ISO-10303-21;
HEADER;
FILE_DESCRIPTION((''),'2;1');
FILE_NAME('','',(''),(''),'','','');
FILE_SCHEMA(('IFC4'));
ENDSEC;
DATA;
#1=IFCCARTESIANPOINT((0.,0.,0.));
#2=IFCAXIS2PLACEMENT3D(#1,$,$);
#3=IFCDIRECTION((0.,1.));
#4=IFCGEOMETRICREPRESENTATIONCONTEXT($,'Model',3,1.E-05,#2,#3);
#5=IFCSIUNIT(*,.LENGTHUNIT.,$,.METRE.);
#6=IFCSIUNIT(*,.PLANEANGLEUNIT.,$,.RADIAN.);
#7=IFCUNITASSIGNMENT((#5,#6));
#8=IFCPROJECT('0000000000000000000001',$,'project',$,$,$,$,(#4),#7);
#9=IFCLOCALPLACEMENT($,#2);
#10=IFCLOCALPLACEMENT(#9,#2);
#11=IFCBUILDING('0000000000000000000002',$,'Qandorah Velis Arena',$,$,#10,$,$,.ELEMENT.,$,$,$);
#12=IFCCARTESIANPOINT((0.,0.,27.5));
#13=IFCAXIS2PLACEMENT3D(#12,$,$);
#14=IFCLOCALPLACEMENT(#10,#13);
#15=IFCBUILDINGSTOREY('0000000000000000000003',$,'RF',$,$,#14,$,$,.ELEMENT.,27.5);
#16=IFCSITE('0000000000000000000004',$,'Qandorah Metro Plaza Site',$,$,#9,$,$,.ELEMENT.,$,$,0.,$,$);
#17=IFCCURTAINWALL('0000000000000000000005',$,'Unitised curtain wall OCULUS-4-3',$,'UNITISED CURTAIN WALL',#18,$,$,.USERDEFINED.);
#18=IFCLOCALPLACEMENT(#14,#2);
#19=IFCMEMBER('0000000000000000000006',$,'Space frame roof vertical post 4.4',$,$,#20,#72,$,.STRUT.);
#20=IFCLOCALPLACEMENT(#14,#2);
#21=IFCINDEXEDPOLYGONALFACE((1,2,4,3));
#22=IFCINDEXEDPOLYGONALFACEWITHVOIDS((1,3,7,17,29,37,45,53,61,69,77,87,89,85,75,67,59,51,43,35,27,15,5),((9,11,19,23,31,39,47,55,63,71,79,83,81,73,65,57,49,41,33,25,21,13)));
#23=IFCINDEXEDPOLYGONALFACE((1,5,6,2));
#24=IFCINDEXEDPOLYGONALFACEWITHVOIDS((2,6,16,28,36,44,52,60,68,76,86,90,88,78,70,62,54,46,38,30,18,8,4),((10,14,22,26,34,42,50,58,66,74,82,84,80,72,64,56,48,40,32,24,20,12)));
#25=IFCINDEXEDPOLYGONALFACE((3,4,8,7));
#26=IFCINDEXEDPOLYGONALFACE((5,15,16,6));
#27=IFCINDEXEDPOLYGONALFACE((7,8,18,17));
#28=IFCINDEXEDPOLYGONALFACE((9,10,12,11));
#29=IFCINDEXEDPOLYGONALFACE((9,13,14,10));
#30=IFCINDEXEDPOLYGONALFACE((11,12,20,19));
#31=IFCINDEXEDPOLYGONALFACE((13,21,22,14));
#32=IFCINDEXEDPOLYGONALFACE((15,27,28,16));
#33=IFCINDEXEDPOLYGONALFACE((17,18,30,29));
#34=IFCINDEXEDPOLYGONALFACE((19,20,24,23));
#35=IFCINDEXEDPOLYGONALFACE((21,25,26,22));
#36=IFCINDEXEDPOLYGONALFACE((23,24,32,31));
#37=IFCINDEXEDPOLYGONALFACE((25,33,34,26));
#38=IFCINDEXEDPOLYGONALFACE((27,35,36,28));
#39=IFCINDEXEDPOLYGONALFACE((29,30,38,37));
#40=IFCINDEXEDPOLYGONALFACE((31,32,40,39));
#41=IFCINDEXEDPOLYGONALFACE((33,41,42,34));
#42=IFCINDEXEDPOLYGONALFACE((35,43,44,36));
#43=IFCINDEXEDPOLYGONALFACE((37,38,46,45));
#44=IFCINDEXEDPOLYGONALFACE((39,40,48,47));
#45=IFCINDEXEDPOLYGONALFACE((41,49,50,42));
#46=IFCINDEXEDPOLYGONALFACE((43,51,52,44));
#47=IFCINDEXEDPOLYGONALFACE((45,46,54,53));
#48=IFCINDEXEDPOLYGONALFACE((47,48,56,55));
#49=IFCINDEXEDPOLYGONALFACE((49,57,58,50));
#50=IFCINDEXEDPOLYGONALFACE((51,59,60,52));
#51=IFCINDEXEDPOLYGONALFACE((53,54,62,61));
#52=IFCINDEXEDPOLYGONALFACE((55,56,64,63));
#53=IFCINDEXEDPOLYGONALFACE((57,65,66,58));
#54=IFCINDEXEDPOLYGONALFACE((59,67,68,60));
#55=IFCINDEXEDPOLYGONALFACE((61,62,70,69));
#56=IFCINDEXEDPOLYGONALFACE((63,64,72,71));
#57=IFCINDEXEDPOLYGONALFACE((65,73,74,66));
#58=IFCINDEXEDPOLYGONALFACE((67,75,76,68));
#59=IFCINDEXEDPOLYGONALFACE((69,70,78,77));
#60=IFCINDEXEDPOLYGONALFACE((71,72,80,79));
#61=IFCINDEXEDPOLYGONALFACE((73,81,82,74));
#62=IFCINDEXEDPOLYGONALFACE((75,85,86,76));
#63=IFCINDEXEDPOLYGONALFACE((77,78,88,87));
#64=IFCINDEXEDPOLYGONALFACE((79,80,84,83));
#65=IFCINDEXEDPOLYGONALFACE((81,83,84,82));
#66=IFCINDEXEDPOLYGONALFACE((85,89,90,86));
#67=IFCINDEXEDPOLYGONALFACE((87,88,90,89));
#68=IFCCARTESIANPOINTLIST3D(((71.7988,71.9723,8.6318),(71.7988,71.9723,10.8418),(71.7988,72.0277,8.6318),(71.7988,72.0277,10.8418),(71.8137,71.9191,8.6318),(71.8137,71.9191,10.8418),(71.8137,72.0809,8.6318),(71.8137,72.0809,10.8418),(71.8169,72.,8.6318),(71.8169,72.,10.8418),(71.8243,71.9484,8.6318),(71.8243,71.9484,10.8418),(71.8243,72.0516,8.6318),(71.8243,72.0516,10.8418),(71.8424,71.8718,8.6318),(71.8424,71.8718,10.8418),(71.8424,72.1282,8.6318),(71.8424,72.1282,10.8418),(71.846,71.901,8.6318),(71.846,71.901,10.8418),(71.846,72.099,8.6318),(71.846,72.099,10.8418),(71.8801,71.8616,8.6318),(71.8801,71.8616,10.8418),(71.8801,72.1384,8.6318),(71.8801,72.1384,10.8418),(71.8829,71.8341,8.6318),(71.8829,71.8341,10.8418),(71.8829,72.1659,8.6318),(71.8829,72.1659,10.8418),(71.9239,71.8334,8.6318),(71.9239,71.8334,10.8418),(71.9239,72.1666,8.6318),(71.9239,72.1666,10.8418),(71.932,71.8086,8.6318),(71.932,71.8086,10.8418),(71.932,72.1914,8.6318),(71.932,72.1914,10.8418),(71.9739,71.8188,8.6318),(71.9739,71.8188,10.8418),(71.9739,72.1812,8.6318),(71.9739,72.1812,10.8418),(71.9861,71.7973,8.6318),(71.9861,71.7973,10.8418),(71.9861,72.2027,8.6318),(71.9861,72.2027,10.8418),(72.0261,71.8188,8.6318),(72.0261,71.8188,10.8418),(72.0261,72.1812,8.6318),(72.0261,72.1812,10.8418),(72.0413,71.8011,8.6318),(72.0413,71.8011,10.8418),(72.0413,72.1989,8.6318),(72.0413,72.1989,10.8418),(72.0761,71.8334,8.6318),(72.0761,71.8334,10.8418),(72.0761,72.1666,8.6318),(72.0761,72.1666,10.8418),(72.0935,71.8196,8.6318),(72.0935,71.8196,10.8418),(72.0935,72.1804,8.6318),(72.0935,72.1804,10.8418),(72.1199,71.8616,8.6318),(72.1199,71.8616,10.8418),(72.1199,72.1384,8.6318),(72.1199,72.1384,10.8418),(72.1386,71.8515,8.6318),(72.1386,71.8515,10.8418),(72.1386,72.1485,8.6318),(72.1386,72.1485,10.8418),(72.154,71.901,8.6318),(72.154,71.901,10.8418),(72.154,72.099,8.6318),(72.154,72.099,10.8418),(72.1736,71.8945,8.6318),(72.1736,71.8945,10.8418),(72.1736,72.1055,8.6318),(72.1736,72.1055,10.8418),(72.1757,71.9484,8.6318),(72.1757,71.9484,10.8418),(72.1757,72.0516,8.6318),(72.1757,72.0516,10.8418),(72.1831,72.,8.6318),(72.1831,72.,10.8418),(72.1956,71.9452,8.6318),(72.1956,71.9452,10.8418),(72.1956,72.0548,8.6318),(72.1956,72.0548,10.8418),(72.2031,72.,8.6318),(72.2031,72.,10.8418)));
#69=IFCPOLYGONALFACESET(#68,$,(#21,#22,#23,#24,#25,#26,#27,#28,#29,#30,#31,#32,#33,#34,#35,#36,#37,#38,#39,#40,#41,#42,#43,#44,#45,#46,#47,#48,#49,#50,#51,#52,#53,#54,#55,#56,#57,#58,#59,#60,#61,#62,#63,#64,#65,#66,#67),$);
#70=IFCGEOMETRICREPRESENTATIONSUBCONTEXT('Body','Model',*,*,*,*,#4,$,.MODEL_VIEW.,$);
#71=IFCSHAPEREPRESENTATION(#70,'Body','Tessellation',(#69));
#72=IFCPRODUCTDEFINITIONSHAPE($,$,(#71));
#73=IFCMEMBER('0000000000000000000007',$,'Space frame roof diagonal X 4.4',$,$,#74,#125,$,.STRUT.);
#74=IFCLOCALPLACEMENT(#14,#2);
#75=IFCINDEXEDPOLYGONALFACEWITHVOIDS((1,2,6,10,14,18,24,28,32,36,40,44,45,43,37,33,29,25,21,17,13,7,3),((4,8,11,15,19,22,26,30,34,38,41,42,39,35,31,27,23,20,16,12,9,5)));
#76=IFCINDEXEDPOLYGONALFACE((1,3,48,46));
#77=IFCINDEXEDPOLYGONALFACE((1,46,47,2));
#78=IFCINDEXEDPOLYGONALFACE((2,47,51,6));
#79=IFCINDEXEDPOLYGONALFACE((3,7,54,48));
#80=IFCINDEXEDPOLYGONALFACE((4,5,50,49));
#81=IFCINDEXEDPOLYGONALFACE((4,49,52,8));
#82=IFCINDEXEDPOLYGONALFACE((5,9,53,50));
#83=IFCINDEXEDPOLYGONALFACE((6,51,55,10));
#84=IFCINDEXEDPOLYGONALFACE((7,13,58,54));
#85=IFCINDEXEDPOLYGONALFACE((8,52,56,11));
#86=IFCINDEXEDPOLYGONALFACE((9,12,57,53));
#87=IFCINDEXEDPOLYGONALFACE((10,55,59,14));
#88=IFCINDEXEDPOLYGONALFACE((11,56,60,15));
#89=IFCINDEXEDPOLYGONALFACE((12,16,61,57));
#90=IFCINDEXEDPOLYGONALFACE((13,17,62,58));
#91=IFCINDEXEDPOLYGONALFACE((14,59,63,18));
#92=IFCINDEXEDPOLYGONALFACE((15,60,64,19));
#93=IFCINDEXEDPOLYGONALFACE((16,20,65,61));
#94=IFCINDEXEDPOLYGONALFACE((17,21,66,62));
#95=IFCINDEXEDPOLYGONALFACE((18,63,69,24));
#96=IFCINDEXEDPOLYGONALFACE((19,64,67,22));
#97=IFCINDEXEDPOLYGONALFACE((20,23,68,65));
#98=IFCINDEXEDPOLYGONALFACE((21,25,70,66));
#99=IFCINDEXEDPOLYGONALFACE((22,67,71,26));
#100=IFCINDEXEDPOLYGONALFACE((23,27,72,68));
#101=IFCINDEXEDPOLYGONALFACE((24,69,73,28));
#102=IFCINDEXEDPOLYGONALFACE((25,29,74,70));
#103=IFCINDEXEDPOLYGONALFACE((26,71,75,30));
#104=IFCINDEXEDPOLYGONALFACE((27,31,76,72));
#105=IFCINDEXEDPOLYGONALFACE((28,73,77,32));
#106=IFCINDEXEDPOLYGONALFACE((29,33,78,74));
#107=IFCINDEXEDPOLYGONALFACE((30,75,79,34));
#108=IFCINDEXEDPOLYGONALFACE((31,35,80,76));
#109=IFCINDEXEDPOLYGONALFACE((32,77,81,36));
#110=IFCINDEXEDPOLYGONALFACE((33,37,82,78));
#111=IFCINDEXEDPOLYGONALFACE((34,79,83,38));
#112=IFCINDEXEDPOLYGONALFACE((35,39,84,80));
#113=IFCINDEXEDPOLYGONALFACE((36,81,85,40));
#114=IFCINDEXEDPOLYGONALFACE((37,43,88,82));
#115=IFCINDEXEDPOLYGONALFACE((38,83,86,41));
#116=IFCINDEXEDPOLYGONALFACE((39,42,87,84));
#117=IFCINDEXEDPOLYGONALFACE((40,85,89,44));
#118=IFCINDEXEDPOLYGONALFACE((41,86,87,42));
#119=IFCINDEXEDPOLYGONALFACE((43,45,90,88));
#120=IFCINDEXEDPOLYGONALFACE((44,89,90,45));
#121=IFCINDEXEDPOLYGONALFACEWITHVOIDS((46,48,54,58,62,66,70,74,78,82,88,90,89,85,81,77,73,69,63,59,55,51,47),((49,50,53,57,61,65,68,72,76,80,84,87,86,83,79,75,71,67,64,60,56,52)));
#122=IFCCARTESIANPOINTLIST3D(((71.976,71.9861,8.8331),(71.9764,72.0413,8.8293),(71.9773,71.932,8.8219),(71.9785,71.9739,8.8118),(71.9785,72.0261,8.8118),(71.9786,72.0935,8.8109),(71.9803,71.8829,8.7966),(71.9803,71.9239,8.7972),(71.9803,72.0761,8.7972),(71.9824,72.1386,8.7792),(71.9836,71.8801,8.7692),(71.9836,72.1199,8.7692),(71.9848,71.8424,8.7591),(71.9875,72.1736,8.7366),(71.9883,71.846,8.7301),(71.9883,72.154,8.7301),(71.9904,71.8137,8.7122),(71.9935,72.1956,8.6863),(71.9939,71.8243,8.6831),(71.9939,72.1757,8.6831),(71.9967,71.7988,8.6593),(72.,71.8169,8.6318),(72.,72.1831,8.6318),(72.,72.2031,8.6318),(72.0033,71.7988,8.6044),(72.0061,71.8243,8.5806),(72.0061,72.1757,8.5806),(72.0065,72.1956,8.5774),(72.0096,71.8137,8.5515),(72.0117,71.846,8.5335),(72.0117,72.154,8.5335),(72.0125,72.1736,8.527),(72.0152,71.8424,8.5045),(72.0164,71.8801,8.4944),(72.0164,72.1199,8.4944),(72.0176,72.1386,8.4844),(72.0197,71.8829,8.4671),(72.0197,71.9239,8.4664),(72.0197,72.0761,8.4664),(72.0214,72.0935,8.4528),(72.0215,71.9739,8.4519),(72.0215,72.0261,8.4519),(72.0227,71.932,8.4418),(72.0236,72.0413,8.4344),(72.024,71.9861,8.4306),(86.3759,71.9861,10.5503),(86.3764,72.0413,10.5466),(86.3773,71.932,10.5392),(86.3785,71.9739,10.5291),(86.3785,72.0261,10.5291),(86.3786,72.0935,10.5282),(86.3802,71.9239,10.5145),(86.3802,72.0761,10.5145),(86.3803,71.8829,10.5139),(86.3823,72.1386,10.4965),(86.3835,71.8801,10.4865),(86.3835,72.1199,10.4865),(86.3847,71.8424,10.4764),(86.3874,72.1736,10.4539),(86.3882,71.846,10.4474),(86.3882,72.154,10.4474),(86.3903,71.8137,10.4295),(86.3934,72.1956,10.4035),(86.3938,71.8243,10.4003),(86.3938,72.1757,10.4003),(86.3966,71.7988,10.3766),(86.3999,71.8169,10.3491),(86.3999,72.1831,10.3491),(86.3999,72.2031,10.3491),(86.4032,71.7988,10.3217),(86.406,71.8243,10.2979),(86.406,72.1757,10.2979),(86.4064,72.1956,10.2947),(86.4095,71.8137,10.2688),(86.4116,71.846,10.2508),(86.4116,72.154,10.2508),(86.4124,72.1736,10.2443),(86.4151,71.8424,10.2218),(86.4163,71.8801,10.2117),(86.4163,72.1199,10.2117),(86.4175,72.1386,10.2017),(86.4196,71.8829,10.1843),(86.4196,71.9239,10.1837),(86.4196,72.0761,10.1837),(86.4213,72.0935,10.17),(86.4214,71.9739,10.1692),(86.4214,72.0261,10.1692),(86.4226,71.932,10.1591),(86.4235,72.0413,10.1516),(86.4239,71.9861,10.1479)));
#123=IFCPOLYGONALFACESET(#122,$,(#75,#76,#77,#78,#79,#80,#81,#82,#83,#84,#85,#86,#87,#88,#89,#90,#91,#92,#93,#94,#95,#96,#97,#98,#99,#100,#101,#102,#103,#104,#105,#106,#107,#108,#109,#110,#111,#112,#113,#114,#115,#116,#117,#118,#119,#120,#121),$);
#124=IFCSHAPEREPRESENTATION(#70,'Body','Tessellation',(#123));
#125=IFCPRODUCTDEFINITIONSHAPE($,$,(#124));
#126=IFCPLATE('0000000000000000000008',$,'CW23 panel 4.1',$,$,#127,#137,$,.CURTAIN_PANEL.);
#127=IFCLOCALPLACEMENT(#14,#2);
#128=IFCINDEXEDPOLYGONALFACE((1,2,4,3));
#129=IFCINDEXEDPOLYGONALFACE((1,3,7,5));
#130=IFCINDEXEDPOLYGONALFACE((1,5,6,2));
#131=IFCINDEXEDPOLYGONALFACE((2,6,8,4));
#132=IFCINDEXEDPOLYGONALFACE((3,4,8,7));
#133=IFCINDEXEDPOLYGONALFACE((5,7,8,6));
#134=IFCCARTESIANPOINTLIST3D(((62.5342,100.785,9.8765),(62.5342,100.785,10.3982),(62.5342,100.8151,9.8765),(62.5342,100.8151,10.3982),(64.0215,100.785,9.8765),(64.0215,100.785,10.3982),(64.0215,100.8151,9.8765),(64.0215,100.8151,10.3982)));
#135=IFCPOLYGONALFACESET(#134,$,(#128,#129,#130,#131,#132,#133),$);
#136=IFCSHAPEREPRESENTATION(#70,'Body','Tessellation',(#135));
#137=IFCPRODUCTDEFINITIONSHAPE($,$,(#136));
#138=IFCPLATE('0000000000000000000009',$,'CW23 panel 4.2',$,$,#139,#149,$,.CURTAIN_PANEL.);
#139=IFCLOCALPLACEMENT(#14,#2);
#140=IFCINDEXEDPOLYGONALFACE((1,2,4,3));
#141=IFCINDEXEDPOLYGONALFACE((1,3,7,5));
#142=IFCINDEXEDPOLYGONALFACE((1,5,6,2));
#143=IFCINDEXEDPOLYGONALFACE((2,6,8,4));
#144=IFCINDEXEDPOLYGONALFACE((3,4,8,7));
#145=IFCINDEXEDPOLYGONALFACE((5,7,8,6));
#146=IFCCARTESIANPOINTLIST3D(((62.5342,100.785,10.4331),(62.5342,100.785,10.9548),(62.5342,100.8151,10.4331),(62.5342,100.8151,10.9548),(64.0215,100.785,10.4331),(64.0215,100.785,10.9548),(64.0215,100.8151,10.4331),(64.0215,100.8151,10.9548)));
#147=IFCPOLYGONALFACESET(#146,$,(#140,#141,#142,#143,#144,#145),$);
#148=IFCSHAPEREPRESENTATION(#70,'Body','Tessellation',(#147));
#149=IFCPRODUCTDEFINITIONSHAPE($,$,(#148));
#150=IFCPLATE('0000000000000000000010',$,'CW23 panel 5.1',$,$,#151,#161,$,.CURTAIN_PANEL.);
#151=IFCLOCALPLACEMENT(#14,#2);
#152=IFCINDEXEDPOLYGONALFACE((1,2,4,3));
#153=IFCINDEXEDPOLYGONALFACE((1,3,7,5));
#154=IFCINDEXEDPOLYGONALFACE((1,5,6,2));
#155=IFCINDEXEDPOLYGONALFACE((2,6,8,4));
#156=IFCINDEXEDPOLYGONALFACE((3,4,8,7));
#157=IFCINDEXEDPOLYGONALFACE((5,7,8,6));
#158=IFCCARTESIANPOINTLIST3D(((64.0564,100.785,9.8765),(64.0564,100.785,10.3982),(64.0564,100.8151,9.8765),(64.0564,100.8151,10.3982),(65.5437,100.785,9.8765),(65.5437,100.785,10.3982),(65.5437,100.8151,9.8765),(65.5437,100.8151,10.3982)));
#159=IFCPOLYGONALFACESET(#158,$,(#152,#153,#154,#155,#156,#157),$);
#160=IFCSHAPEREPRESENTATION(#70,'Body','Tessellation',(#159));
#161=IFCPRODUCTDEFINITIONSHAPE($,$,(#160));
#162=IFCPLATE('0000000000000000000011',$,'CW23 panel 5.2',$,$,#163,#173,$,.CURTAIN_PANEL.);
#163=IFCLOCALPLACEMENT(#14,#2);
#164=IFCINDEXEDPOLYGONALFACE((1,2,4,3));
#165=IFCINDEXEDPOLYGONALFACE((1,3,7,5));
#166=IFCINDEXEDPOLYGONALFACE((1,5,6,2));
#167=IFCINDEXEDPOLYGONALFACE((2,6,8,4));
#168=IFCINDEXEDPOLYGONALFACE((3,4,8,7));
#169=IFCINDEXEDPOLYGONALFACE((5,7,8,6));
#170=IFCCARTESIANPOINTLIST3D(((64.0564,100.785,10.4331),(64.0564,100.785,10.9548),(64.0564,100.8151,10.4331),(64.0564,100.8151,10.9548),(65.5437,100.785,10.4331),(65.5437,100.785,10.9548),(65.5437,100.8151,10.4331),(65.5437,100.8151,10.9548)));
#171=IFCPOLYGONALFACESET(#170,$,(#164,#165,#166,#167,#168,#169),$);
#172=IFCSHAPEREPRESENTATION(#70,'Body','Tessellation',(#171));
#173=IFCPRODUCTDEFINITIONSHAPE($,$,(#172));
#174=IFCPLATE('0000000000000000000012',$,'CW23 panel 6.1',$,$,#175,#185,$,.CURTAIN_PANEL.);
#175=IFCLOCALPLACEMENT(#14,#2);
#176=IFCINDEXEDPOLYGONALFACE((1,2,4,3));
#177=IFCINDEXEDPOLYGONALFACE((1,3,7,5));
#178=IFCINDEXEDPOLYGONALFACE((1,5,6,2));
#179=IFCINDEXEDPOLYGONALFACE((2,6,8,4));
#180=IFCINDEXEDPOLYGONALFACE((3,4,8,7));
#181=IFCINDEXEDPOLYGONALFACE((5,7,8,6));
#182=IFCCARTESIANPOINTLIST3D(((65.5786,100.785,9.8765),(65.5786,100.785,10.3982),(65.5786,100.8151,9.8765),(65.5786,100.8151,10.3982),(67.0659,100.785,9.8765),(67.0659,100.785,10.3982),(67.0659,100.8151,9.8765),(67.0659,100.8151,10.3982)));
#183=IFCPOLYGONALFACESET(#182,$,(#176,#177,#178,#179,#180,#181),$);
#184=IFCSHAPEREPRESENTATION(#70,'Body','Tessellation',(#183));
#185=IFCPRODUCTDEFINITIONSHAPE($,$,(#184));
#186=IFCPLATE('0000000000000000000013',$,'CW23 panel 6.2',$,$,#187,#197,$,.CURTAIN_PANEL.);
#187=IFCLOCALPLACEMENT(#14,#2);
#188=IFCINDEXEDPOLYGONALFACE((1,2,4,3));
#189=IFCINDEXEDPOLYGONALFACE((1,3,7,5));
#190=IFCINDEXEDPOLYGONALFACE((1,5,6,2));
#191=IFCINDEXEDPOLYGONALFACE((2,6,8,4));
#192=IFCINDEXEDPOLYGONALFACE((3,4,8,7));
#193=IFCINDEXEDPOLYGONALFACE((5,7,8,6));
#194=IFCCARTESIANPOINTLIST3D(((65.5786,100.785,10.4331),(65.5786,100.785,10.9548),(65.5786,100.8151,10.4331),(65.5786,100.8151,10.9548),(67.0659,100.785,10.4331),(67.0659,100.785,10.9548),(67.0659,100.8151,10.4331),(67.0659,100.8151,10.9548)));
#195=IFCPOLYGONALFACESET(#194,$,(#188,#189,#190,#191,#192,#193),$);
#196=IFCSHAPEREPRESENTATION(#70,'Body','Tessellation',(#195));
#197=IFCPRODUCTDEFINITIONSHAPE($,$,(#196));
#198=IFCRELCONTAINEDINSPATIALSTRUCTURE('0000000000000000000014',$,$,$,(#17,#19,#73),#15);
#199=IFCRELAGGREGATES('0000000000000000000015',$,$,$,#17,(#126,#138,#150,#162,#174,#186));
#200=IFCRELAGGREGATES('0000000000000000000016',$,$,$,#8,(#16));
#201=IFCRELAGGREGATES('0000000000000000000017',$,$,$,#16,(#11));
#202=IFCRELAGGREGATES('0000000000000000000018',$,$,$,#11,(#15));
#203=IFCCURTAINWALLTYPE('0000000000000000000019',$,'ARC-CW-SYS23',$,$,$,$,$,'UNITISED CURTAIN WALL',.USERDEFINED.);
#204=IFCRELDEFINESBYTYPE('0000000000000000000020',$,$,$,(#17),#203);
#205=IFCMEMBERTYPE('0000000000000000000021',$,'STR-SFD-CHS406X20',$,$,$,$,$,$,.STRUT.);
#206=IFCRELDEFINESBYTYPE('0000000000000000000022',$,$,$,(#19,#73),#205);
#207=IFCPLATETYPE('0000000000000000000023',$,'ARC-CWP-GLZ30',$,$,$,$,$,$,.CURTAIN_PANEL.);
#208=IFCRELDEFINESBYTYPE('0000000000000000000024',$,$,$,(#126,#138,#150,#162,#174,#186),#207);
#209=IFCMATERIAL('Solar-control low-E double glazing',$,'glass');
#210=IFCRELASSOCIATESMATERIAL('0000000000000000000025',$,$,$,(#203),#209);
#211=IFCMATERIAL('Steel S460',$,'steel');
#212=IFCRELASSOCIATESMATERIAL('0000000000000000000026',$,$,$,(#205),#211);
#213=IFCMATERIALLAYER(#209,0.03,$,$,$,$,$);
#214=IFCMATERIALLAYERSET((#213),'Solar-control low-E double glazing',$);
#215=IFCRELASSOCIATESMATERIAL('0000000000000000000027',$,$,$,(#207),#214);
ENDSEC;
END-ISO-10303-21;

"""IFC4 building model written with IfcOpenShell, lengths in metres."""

from ifc_helpers import new_model, si_unit, direction, frame, origin, origin_2d, place, context, subcontext, project, spatial, rectangle, hollow_circle, extrude, material, layer, layer_set, material_profile, profile_set, type_object, element, aggregate, save


model = new_model("IFC4")

# Units and contexts
model_context = context("Model", 3, precision=1e-05, world=origin(), true_north=direction((0.0, 1.0)))
body_context = subcontext(model_context, "Body", "Model", "MODEL_VIEW")
ifc_project = project(units=[si_unit("LENGTHUNIT", "METRE"), si_unit("PLANEANGLEUNIT", "RADIAN")], contexts=[model_context])

# Site, building, storey
site_placement = place(None, origin())
site = spatial("IfcSite", under=ifc_project, at=site_placement, Name="Qandorah Metro Plaza Site", CompositionType="ELEMENT", RefElevation=0.0)
building_placement = place(site_placement, origin())
building = spatial("IfcBuilding", under=site, at=building_placement, Name="Qandorah Velis Arena", CompositionType="ELEMENT")
storey_placement = place(building_placement, frame((0.0, 0.0, 27.5)))
storey = spatial("IfcBuildingStorey", under=building, at=storey_placement, Name="RF", CompositionType="ELEMENT", Elevation=27.5)

# Curtain wall
ifc_material_1 = material(Name="Solar-control low-E double glazing", Category="glass")
curtain_wall_type = type_object("IfcCurtainWallType", Name="ARC-CW-SYS23", ElementType="UNITISED CURTAIN WALL", PredefinedType="USERDEFINED", material=ifc_material_1)
curtain_wall_placement = place(storey_placement, origin())
curtain_wall = element("IfcCurtainWall", 1, at=curtain_wall_placement, inside=storey, type_object=curtain_wall_type, Name="Unitised curtain wall OCULUS-4-3", ObjectType="UNITISED CURTAIN WALL", PredefinedType="USERDEFINED")

# Members
ifc_material_2 = material(Name="Steel S460", Category="steel")
ifc_material_profile_1 = material_profile(ifc_material_2, hollow_circle(Radius=0.2031, WallThickness=0.02, at=origin_2d()), Name="CHS 406.4x20")
ifc_profile_set_1 = profile_set([ifc_material_profile_1], Name="Steel S460")
member_type_1 = type_object("IfcMemberType", Name="STR-SFD-CHS406X20", PredefinedType="STRUT", material=ifc_profile_set_1)
member_1_placement = place(storey_placement, frame((72.0, 72.0, 8.6318), z_axis=(0.0, 0.0, 1.0), x_axis=(1.0, 0.0, 0.0)))
element("IfcMember", 2, at=member_1_placement, inside=storey, type_object=member_type_1, Name="Space frame roof vertical post 4.4", PredefinedType="STRUT", context=body_context, shape_type="SweptSolid", body=[
    extrude(hollow_circle(Radius=0.2031, WallThickness=0.02, at=origin_2d()), origin(), (0.0, 0.0, 1.0), 2.21),
])
member_2_placement = place(storey_placement, frame((72.0, 72.0, 8.6318), z_axis=(0.992964, 0.0, 0.118418), x_axis=(0.0, 1.0, 0.0)))
element("IfcMember", 3, at=member_2_placement, inside=storey, type_object=member_type_1, Name="Space frame roof diagonal X 4.4", PredefinedType="STRUT", context=body_context, shape_type="SweptSolid", body=[
    extrude(hollow_circle(Radius=0.2031, WallThickness=0.02, at=origin_2d()), origin(), (0.0, 0.0, 1.0), 14.502),
])

# Plates
ifc_layer_1 = layer(ifc_material_1, 0.03)
ifc_layer_set_1 = layer_set([ifc_layer_1], Name="Solar-control low-E double glazing")
plate_type_1 = type_object("IfcPlateType", Name="ARC-CWP-GLZ30", PredefinedType="CURTAIN_PANEL", material=ifc_layer_set_1)
plate_1_placement = place(storey_placement, frame((63.2778, 100.8, 9.8765), z_axis=(0.0, 0.0, 1.0), x_axis=(1.0, 0.0, 0.0)))
plate_1 = element("IfcPlate", 4, at=plate_1_placement, type_object=plate_type_1, Name="CW23 panel 4.1", PredefinedType="CURTAIN_PANEL", context=body_context, shape_type="SweptSolid", body=[
    extrude(rectangle(XDim=1.4873, YDim=0.03, at=origin_2d()), origin(), (0.0, 0.0, 1.0), 0.5217),
])
plate_2_placement = place(storey_placement, frame((63.2778, 100.8, 10.4331), z_axis=(0.0, 0.0, 1.0), x_axis=(1.0, 0.0, 0.0)))
plate_2 = element("IfcPlate", 5, at=plate_2_placement, type_object=plate_type_1, Name="CW23 panel 4.2", PredefinedType="CURTAIN_PANEL", context=body_context, shape_type="SweptSolid", body=[
    extrude(rectangle(XDim=1.4873, YDim=0.03, at=origin_2d()), origin(), (0.0, 0.0, 1.0), 0.5217),
])
plate_3_placement = place(storey_placement, frame((64.8, 100.8, 9.8765), z_axis=(0.0, 0.0, 1.0), x_axis=(1.0, 0.0, 0.0)))
plate_3 = element("IfcPlate", 6, at=plate_3_placement, type_object=plate_type_1, Name="CW23 panel 5.1", PredefinedType="CURTAIN_PANEL", context=body_context, shape_type="SweptSolid", body=[
    extrude(rectangle(XDim=1.4873, YDim=0.03, at=origin_2d()), origin(), (0.0, 0.0, 1.0), 0.5217),
])
plate_4_placement = place(storey_placement, frame((64.8, 100.8, 10.4331), z_axis=(0.0, 0.0, 1.0), x_axis=(1.0, 0.0, 0.0)))
plate_4 = element("IfcPlate", 7, at=plate_4_placement, type_object=plate_type_1, Name="CW23 panel 5.2", PredefinedType="CURTAIN_PANEL", context=body_context, shape_type="SweptSolid", body=[
    extrude(rectangle(XDim=1.4873, YDim=0.03, at=origin_2d()), origin(), (0.0, 0.0, 1.0), 0.5217),
])
plate_5_placement = place(storey_placement, frame((66.3223, 100.8, 9.8765), z_axis=(0.0, 0.0, 1.0), x_axis=(1.0, 0.0, 0.0)))
plate_5 = element("IfcPlate", 8, at=plate_5_placement, type_object=plate_type_1, Name="CW23 panel 6.1", PredefinedType="CURTAIN_PANEL", context=body_context, shape_type="SweptSolid", body=[
    extrude(rectangle(XDim=1.4873, YDim=0.03, at=origin_2d()), origin(), (0.0, 0.0, 1.0), 0.5217),
])
plate_6_placement = place(storey_placement, frame((66.3223, 100.8, 10.4331), z_axis=(0.0, 0.0, 1.0), x_axis=(1.0, 0.0, 0.0)))
plate_6 = element("IfcPlate", 9, at=plate_6_placement, type_object=plate_type_1, Name="CW23 panel 6.2", PredefinedType="CURTAIN_PANEL", context=body_context, shape_type="SweptSolid", body=[
    extrude(rectangle(XDim=1.4873, YDim=0.03, at=origin_2d()), origin(), (0.0, 0.0, 1.0), 0.5217),
])
aggregate(curtain_wall, [plate_1, plate_2, plate_3, plate_4, plate_5, plate_6])

save(model, "model.ifc")
